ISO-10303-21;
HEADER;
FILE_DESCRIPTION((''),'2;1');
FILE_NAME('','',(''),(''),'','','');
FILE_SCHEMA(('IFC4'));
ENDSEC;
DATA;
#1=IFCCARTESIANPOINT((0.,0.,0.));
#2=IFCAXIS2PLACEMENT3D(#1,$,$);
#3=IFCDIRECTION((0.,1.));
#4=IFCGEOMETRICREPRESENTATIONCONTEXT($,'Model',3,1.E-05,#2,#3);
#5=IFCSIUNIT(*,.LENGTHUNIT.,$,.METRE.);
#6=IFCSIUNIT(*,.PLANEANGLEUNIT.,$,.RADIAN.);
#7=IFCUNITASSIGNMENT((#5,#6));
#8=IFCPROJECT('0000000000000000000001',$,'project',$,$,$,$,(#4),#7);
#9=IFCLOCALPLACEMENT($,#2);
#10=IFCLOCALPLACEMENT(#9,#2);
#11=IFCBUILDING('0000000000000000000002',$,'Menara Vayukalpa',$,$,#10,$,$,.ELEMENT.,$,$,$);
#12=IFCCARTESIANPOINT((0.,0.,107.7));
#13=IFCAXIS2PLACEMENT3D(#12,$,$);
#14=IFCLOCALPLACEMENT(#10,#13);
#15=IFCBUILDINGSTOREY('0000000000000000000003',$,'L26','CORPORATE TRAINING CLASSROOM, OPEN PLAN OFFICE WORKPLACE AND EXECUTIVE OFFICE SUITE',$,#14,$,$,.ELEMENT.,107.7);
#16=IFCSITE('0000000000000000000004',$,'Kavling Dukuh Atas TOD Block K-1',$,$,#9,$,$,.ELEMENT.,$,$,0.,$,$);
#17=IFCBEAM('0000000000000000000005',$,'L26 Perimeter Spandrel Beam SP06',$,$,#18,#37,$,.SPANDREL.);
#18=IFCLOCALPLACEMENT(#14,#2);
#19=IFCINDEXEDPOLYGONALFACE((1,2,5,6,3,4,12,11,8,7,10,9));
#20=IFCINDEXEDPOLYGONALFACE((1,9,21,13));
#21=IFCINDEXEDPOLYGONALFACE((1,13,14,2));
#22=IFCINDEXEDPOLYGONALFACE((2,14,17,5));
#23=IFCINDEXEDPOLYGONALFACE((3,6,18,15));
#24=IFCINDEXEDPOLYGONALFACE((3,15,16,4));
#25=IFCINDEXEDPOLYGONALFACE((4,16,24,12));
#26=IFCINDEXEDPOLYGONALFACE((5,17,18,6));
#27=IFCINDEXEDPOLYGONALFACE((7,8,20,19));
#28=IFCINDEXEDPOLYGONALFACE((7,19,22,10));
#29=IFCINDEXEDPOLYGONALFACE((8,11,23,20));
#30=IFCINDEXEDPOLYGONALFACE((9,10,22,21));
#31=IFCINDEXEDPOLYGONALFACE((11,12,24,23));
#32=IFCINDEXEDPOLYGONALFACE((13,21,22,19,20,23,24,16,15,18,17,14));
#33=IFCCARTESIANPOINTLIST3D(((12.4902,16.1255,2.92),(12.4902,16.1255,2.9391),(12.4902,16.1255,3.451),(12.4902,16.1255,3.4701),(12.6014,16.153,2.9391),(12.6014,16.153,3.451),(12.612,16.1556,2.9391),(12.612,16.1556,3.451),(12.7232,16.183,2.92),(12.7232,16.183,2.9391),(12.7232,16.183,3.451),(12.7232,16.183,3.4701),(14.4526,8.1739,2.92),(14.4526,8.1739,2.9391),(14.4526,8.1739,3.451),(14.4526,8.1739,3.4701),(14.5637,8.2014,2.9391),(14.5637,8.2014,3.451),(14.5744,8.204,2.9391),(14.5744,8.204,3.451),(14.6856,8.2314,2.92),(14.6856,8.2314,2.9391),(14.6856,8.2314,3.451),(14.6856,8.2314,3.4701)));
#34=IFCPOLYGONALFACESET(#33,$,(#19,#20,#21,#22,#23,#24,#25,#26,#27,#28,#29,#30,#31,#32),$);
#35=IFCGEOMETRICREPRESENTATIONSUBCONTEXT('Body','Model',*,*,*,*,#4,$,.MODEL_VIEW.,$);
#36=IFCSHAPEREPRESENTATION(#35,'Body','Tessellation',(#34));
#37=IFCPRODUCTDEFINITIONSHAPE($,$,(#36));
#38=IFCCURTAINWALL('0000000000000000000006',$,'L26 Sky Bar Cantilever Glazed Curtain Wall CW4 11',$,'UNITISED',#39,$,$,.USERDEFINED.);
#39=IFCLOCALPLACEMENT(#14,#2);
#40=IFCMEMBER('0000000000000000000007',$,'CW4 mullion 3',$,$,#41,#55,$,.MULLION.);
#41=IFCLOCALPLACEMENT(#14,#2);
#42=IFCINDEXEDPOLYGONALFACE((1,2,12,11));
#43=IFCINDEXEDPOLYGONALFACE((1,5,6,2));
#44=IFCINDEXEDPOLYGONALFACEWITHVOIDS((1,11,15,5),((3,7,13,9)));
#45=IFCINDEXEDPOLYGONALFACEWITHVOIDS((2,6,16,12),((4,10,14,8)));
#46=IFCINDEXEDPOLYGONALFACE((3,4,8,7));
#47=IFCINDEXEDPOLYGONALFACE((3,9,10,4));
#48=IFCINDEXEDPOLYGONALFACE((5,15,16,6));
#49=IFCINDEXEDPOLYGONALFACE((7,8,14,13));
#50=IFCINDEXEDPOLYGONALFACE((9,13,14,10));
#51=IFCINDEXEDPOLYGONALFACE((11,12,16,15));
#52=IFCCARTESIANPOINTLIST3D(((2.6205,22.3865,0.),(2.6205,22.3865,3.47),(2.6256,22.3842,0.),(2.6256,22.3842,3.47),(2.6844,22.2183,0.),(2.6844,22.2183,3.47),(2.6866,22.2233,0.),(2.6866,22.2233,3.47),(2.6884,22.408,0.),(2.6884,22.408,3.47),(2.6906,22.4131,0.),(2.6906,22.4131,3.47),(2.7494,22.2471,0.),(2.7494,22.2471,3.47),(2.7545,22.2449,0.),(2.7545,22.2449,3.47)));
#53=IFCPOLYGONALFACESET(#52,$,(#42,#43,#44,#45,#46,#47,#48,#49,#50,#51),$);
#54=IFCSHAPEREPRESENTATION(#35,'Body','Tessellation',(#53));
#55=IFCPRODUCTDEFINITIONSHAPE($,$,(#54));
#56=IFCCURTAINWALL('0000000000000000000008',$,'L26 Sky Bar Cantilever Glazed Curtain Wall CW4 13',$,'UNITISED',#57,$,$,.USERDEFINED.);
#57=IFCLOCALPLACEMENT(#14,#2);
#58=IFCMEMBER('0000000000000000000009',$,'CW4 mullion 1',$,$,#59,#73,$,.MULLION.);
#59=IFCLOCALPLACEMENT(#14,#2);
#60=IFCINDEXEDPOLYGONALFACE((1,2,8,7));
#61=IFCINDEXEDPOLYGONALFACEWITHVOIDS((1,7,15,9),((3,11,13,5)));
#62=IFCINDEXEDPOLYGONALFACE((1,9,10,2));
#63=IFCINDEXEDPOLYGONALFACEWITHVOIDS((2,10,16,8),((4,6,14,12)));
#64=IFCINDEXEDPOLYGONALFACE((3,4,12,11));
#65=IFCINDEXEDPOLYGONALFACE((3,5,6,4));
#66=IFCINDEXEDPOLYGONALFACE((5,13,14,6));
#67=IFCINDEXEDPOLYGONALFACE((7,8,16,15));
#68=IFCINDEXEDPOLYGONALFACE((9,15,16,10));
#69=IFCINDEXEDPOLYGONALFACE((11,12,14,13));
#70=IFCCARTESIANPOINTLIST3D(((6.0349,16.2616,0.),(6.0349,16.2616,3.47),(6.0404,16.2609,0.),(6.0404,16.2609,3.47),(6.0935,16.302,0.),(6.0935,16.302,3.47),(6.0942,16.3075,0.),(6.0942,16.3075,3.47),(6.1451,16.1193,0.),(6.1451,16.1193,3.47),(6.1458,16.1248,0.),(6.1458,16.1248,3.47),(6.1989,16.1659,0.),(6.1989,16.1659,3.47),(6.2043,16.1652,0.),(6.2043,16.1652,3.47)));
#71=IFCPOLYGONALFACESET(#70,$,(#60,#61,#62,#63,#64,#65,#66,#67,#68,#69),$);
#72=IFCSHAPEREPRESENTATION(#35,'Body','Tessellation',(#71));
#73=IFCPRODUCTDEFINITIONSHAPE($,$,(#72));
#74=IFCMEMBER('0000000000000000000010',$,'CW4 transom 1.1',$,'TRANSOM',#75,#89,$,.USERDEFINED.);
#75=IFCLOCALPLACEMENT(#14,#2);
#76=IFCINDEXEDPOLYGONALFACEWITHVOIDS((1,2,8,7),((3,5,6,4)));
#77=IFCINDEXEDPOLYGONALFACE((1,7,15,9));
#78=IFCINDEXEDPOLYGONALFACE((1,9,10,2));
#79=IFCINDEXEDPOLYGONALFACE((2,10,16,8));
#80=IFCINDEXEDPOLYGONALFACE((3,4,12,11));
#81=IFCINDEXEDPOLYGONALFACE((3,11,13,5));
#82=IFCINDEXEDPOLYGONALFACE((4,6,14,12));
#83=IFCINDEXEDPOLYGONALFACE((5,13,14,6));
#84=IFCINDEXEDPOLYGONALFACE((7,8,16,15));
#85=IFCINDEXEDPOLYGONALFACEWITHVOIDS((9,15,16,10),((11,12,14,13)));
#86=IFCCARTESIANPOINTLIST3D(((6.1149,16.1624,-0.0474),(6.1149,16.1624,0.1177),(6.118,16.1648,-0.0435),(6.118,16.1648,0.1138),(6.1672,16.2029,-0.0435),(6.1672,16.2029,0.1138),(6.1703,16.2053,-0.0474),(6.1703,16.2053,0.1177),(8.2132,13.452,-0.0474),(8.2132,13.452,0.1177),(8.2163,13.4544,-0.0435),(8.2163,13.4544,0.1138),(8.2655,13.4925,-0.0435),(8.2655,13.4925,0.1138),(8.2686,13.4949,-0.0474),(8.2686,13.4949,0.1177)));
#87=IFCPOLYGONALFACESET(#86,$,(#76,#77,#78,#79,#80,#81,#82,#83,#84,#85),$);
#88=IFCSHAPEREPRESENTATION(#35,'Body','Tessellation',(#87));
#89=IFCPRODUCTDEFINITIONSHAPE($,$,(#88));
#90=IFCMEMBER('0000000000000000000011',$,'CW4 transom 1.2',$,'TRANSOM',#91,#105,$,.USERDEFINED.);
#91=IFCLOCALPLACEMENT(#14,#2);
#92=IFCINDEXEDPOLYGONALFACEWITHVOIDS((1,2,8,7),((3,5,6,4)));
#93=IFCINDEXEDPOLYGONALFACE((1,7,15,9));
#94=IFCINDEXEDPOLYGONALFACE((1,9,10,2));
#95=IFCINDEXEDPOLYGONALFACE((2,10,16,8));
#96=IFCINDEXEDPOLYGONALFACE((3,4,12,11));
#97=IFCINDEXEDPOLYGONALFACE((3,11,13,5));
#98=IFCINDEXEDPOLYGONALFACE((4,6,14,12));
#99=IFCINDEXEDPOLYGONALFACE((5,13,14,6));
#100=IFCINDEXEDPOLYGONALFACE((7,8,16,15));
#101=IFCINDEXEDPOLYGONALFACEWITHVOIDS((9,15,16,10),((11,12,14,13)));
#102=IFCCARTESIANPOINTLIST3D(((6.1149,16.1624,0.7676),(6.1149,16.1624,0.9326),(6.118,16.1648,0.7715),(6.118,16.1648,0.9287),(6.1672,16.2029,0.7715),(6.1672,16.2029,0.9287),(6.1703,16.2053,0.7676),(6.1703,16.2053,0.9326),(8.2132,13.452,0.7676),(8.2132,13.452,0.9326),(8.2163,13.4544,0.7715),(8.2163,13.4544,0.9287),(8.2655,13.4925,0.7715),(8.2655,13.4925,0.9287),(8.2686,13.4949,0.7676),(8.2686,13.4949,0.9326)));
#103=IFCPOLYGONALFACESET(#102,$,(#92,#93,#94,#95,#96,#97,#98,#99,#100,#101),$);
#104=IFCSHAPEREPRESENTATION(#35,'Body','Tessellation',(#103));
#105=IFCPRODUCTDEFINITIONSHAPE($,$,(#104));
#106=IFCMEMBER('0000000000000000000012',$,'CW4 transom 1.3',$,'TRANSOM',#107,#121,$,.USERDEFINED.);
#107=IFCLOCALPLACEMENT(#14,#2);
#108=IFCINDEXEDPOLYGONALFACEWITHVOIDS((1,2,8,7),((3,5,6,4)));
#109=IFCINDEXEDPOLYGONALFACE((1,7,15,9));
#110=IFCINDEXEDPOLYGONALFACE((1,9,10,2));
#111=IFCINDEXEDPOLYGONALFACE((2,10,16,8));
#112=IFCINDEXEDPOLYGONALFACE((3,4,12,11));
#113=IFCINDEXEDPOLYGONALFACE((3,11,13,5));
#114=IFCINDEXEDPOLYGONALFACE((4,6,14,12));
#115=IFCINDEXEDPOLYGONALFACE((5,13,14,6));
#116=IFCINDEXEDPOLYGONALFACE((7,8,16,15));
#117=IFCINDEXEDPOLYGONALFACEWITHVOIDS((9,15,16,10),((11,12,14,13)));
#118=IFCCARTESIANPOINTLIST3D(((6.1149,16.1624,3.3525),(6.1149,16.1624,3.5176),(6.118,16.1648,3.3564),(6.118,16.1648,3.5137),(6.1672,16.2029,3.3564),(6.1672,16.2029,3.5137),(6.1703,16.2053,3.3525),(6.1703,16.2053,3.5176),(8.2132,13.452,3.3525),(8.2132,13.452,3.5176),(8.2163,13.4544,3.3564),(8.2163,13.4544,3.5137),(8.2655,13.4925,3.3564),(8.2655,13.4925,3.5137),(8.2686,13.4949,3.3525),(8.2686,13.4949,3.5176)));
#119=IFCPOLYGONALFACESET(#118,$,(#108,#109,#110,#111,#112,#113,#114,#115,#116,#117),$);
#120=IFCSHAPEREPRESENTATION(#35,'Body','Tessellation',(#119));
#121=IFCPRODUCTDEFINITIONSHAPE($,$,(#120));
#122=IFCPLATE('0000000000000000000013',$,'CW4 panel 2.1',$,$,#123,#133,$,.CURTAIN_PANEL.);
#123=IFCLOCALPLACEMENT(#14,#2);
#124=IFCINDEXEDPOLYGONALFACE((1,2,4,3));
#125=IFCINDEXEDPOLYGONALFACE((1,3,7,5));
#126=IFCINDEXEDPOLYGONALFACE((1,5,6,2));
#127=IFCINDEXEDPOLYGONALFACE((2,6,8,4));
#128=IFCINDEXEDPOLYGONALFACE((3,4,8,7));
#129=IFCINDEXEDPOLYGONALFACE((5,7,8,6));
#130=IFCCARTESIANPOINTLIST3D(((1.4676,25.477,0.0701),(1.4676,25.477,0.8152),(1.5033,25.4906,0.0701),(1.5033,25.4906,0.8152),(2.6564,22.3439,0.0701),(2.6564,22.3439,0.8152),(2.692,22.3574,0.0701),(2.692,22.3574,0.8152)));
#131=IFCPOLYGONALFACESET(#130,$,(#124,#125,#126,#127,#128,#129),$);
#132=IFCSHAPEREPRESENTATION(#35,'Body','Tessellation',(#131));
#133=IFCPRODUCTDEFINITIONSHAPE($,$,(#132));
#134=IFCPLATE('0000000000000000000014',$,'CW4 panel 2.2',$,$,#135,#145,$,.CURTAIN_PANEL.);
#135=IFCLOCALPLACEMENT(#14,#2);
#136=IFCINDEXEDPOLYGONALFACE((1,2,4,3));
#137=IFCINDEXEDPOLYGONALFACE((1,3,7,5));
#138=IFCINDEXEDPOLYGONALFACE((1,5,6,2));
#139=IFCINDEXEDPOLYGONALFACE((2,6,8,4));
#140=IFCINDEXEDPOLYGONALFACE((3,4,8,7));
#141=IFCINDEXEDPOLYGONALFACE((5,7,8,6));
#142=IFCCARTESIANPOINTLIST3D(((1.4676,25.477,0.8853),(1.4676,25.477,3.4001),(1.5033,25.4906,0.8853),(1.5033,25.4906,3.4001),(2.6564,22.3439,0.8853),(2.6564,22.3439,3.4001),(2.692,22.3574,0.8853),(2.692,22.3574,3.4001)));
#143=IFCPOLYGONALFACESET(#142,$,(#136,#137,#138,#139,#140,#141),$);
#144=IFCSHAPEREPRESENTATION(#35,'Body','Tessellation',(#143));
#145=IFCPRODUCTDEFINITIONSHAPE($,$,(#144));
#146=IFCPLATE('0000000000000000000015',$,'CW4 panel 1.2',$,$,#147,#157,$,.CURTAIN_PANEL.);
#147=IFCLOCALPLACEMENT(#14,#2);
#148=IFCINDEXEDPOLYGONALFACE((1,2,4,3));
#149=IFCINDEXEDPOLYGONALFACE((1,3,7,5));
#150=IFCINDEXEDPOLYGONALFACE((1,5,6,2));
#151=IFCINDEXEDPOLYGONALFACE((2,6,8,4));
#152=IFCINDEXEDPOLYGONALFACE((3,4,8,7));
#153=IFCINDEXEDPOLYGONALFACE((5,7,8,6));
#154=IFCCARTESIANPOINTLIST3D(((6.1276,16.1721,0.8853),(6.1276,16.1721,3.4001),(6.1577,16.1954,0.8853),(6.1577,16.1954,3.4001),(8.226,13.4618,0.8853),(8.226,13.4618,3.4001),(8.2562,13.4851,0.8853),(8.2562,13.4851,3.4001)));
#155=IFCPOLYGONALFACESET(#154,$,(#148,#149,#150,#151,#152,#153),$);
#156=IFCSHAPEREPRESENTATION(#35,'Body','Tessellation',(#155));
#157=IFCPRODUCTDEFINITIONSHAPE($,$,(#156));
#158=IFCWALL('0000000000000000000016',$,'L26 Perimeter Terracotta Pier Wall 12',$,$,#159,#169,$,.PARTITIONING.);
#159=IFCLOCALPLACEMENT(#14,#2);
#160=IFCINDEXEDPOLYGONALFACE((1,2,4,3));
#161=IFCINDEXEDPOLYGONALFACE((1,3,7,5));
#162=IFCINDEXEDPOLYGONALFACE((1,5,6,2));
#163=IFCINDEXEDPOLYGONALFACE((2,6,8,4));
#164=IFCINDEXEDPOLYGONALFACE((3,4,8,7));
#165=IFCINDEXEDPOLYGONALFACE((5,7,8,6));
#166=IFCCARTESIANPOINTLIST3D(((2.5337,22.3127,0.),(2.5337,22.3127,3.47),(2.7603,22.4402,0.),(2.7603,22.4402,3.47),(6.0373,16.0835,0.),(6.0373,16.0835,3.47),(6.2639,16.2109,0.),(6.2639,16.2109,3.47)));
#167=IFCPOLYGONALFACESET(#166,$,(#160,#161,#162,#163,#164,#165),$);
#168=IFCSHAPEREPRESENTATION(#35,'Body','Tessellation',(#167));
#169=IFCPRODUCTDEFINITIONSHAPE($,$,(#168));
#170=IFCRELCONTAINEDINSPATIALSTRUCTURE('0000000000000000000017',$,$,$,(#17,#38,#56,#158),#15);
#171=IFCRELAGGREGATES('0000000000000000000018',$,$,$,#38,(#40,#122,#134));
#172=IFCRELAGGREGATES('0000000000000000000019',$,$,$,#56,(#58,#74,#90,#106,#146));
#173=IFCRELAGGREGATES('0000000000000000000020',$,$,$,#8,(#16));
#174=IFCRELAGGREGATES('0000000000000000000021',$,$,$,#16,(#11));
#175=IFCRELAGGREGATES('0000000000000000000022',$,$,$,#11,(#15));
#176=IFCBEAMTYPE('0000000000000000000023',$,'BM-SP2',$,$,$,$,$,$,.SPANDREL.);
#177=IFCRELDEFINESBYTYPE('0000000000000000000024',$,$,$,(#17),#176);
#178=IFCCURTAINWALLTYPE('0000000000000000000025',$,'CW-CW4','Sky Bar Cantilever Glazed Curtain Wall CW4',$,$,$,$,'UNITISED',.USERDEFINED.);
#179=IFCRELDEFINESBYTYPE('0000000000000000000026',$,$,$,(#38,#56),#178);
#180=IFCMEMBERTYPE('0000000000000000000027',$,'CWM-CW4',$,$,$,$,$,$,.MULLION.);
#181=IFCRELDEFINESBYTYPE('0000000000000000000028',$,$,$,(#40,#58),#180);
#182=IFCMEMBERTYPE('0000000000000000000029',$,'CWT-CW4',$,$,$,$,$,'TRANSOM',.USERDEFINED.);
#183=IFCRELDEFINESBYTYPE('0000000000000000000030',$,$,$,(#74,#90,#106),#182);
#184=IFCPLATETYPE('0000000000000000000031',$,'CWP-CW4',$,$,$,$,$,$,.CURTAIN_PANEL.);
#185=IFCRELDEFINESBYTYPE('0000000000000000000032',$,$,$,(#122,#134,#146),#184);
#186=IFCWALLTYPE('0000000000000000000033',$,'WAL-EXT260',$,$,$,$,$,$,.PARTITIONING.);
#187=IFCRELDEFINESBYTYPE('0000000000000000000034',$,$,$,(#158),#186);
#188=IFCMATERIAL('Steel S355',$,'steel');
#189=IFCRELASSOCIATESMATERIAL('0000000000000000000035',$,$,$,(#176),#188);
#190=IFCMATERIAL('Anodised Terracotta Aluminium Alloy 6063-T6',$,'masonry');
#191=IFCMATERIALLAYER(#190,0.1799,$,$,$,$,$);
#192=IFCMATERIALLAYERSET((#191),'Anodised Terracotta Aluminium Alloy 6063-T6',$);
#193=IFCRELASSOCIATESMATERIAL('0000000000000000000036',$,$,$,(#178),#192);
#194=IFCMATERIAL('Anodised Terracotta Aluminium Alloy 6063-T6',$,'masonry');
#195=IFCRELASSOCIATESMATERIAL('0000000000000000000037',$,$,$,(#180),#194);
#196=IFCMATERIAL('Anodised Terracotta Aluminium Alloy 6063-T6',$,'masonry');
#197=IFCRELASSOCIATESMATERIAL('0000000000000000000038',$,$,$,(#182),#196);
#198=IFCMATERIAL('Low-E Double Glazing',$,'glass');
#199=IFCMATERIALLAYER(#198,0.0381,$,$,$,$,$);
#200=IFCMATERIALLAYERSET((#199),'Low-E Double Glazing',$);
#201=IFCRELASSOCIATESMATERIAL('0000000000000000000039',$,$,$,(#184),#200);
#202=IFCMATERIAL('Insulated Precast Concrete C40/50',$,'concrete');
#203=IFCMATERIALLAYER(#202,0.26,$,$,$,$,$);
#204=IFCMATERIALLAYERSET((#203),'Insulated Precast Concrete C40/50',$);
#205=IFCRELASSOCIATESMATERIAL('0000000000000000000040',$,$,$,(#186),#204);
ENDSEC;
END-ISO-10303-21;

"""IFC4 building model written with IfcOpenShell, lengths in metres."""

from ifc_helpers import new_model, si_unit, direction, frame, frame_2d, origin, origin_2d, place, context, subcontext, project, spatial, rectangle, hollow_rectangle, i_section, extrude, material, layer, layer_set, material_profile, profile_set, type_object, element, aggregate, save


model = new_model("IFC4")

# Units and contexts
model_context = context("Model", 3, precision=1e-05, world=origin(), true_north=direction((0.0, 1.0)))
body_context = subcontext(model_context, "Body", "Model", "MODEL_VIEW")
ifc_project = project(units=[si_unit("LENGTHUNIT", "METRE"), si_unit("PLANEANGLEUNIT", "RADIAN")], contexts=[model_context])

# Site, building, storey
site_placement = place(None, origin())
site = spatial("IfcSite", under=ifc_project, at=site_placement, Name="Kavling Dukuh Atas TOD Block K-1", CompositionType="ELEMENT", RefElevation=0.0)
building_placement = place(site_placement, origin())
building = spatial("IfcBuilding", under=site, at=building_placement, Name="Menara Vayukalpa", CompositionType="ELEMENT")
storey_placement = place(building_placement, frame((0.0, 0.0, 107.7)))
storey = spatial("IfcBuildingStorey", under=building, at=storey_placement, Name="L26", Description="CORPORATE TRAINING CLASSROOM, OPEN PLAN OFFICE WORKPLACE AND EXECUTIVE OFFICE SUITE", CompositionType="ELEMENT", Elevation=107.7)

# Beam
ifc_material_1 = material(Name="Steel S355", Category="steel")
ifc_material_profile_1 = material_profile(ifc_material_1, i_section(OverallWidth=0.24, OverallDepth=0.55, WebThickness=0.011, FlangeThickness=0.019, at=origin_2d()), Name="WF 550x240x11x19")
ifc_profile_set_1 = profile_set([ifc_material_profile_1], Name="Steel S355")
beam_type_1 = type_object("IfcBeamType", Name="BM-SP2", PredefinedType="SPANDREL", material=ifc_profile_set_1)
beam_1_placement = place(storey_placement, frame((12.6067, 16.1543, 3.1951), z_axis=(0.239603, -0.970871, 0.0), x_axis=(0.970871, 0.239603, 0.0)))
element("IfcBeam", 1, at=beam_1_placement, inside=storey, type_object=beam_type_1, Name="L26 Perimeter Spandrel Beam SP06", PredefinedType="SPANDREL", context=body_context, shape_type="SweptSolid", body=[
    extrude(i_section(OverallWidth=0.24, OverallDepth=0.55, WebThickness=0.011, FlangeThickness=0.019, at=origin_2d()), origin(), (0.0, 0.0, 1.0), 8.1902),
])

# Curtain wall, member
ifc_material_2 = material(Name="Anodised Terracotta Aluminium Alloy 6063-T6", Category="masonry")
ifc_layer_1 = layer(ifc_material_2, 0.1799)
ifc_layer_set_1 = layer_set([ifc_layer_1], Name="Anodised Terracotta Aluminium Alloy 6063-T6")
curtain_wall_type = type_object("IfcCurtainWallType", Name="CW-CW4", Description="Sky Bar Cantilever Glazed Curtain Wall CW4", ElementType="UNITISED", PredefinedType="USERDEFINED", material=ifc_layer_set_1)
curtain_wall_1_placement = place(storey_placement, origin())
curtain_wall_1 = element("IfcCurtainWall", 2, at=curtain_wall_1_placement, inside=storey, type_object=curtain_wall_type, Name="L26 Sky Bar Cantilever Glazed Curtain Wall CW4 11", ObjectType="UNITISED", PredefinedType="USERDEFINED")
ifc_material_3 = material(Name="Anodised Terracotta Aluminium Alloy 6063-T6", Category="masonry")
ifc_material_profile_2 = material_profile(ifc_material_3, hollow_rectangle(XDim=0.075, YDim=0.1799, WallThickness=0.0039, at=origin_2d()), Name="ALU 75x180x4")
ifc_profile_set_2 = profile_set([ifc_material_profile_2], Name="Anodised Terracotta Aluminium Alloy 6063-T6")
member_type_1 = type_object("IfcMemberType", Name="CWM-CW4", PredefinedType="MULLION", material=ifc_profile_set_2)
member_1_placement = place(storey_placement, frame((2.6875, 22.3157, 0.0), z_axis=(0.0, 0.0, 1.0), x_axis=(0.934964, 0.354742, 0.0)))
member_1 = element("IfcMember", 3, at=member_1_placement, type_object=member_type_1, Name="CW4 mullion 3", PredefinedType="MULLION", context=body_context, shape_type="SweptSolid", body=[
    extrude(hollow_rectangle(XDim=0.075, YDim=0.1799, WallThickness=0.0039, at=origin_2d()), origin(), (0.0, 0.0, 1.0), 3.47),
])

# Curtain wall, members
curtain_wall_2_placement = place(storey_placement, origin())
curtain_wall_2 = element("IfcCurtainWall", 4, at=curtain_wall_2_placement, inside=storey, type_object=curtain_wall_type, Name="L26 Sky Bar Cantilever Glazed Curtain Wall CW4 13", ObjectType="UNITISED", PredefinedType="USERDEFINED")
member_2_placement = place(storey_placement, frame((6.1196, 16.2134, 0.0), z_axis=(0.0, 0.0, 1.0), x_axis=(0.790712, 0.612189, 0.0)))
member_2 = element("IfcMember", 5, at=member_2_placement, type_object=member_type_1, Name="CW4 mullion 1", PredefinedType="MULLION", context=body_context, shape_type="SweptSolid", body=[
    extrude(hollow_rectangle(XDim=0.075, YDim=0.1799, WallThickness=0.0039, at=origin_2d()), origin(), (0.0, 0.0, 1.0), 3.47),
])
ifc_material_4 = material(Name="Anodised Terracotta Aluminium Alloy 6063-T6", Category="masonry")
ifc_material_profile_3 = material_profile(ifc_material_4, hollow_rectangle(XDim=0.0701, YDim=0.165, WallThickness=0.0039, at=origin_2d()), Name="ALU 70x165x4")
ifc_profile_set_3 = profile_set([ifc_material_profile_3], Name="Anodised Terracotta Aluminium Alloy 6063-T6")
member_type_2 = type_object("IfcMemberType", Name="CWT-CW4", ElementType="TRANSOM", PredefinedType="USERDEFINED", material=ifc_profile_set_3)
member_3_placement = place(storey_placement, frame((6.1426, 16.1838, 0.0352), z_axis=(0.612169, -0.790727, 0.0), x_axis=(0.790727, 0.612169, 0.0)))
member_3 = element("IfcMember", 6, at=member_3_placement, type_object=member_type_2, Name="CW4 transom 1.1", ObjectType="TRANSOM", PredefinedType="USERDEFINED", context=body_context, shape_type="SweptSolid", body=[
    extrude(hollow_rectangle(XDim=0.0701, YDim=0.165, WallThickness=0.0039, at=origin_2d()), origin(), (0.0, 0.0, 1.0), 3.4277),
])
member_4_placement = place(storey_placement, frame((6.1426, 16.1838, 0.8501), z_axis=(0.612169, -0.790727, 0.0), x_axis=(0.790727, 0.612169, 0.0)))
member_4 = element("IfcMember", 7, at=member_4_placement, type_object=member_type_2, Name="CW4 transom 1.2", ObjectType="TRANSOM", PredefinedType="USERDEFINED", context=body_context, shape_type="SweptSolid", body=[
    extrude(hollow_rectangle(XDim=0.0701, YDim=0.165, WallThickness=0.0039, at=origin_2d()), origin(), (0.0, 0.0, 1.0), 3.4277),
])
member_5_placement = place(storey_placement, frame((6.1426, 16.1838, 3.4351), z_axis=(0.612169, -0.790727, 0.0), x_axis=(0.790727, 0.612169, 0.0)))
member_5 = element("IfcMember", 8, at=member_5_placement, type_object=member_type_2, Name="CW4 transom 1.3", ObjectType="TRANSOM", PredefinedType="USERDEFINED", context=body_context, shape_type="SweptSolid", body=[
    extrude(hollow_rectangle(XDim=0.0701, YDim=0.165, WallThickness=0.0039, at=origin_2d()), origin(), (0.0, 0.0, 1.0), 3.4277),
])

# Plates
ifc_material_5 = material(Name="Low-E Double Glazing", Category="glass")
ifc_layer_2 = layer(ifc_material_5, 0.0381)
ifc_layer_set_2 = layer_set([ifc_layer_2], Name="Low-E Double Glazing")
plate_type = type_object("IfcPlateType", Name="CWP-CW4", PredefinedType="CURTAIN_PANEL", material=ifc_layer_set_2)
plate_1_placement = place(storey_placement, frame((2.0798, 23.9172, 0.0701), z_axis=(0.0, 0.0, 1.0), x_axis=(0.354742, -0.934964, 0.0)))
plate_1 = element("IfcPlate", 9, at=plate_1_placement, type_object=plate_type, Name="CW4 panel 2.1", PredefinedType="CURTAIN_PANEL", context=body_context, shape_type="SweptSolid", body=[
    extrude(rectangle(XDim=3.3511, YDim=0.0381, at=origin_2d()), origin(), (0.0, 0.0, 1.0), 0.7451),
])
plate_2_placement = place(storey_placement, frame((2.0798, 23.9172, 0.8853), z_axis=(0.0, 0.0, 1.0), x_axis=(0.354742, -0.934964, 0.0)))
plate_2 = element("IfcPlate", 10, at=plate_2_placement, type_object=plate_type, Name="CW4 panel 2.2", PredefinedType="CURTAIN_PANEL", context=body_context, shape_type="SweptSolid", body=[
    extrude(rectangle(XDim=3.3511, YDim=0.0381, at=origin_2d()), origin(), (0.0, 0.0, 1.0), 2.5149),
])
aggregate(curtain_wall_1, [member_1, plate_1, plate_2])
plate_3_placement = place(storey_placement, frame((7.1919, 14.8286, 0.8853), z_axis=(0.0, 0.0, 1.0), x_axis=(0.612189, -0.790712, 0.0)))
plate_3 = element("IfcPlate", 11, at=plate_3_placement, type_object=plate_type, Name="CW4 panel 1.2", PredefinedType="CURTAIN_PANEL", context=body_context, shape_type="SweptSolid", body=[
    extrude(rectangle(XDim=3.4277, YDim=0.0381, at=origin_2d()), origin(), (0.0, 0.0, 1.0), 2.5149),
])
aggregate(curtain_wall_2, [member_2, member_3, member_4, member_5, plate_3])

# Wall
ifc_material_6 = material(Name="Insulated Precast Concrete C40/50", Category="concrete")
ifc_layer_3 = layer(ifc_material_6, 0.26)
ifc_layer_set_3 = layer_set([ifc_layer_3], Name="Insulated Precast Concrete C40/50")
wall_type_1 = type_object("IfcWallType", Name="WAL-EXT260", PredefinedType="PARTITIONING", material=ifc_layer_set_3)
wall_1_placement = place(storey_placement, frame((6.1506, 16.1472, 0.0), z_axis=(0.0, 0.0, 1.0), x_axis=(-0.49023, 0.871593, 0.0)))
element("IfcWall", 12, at=wall_1_placement, inside=storey, type_object=wall_type_1, Name="L26 Perimeter Terracotta Pier Wall 12", PredefinedType="PARTITIONING", context=body_context, shape_type="SweptSolid", body=[
    extrude(rectangle(XDim=7.147, YDim=0.26, at=frame_2d((3.5735, 0.0))), origin(), (0.0, 0.0, 1.0), 3.47),
])

save(model, "model.ifc")
